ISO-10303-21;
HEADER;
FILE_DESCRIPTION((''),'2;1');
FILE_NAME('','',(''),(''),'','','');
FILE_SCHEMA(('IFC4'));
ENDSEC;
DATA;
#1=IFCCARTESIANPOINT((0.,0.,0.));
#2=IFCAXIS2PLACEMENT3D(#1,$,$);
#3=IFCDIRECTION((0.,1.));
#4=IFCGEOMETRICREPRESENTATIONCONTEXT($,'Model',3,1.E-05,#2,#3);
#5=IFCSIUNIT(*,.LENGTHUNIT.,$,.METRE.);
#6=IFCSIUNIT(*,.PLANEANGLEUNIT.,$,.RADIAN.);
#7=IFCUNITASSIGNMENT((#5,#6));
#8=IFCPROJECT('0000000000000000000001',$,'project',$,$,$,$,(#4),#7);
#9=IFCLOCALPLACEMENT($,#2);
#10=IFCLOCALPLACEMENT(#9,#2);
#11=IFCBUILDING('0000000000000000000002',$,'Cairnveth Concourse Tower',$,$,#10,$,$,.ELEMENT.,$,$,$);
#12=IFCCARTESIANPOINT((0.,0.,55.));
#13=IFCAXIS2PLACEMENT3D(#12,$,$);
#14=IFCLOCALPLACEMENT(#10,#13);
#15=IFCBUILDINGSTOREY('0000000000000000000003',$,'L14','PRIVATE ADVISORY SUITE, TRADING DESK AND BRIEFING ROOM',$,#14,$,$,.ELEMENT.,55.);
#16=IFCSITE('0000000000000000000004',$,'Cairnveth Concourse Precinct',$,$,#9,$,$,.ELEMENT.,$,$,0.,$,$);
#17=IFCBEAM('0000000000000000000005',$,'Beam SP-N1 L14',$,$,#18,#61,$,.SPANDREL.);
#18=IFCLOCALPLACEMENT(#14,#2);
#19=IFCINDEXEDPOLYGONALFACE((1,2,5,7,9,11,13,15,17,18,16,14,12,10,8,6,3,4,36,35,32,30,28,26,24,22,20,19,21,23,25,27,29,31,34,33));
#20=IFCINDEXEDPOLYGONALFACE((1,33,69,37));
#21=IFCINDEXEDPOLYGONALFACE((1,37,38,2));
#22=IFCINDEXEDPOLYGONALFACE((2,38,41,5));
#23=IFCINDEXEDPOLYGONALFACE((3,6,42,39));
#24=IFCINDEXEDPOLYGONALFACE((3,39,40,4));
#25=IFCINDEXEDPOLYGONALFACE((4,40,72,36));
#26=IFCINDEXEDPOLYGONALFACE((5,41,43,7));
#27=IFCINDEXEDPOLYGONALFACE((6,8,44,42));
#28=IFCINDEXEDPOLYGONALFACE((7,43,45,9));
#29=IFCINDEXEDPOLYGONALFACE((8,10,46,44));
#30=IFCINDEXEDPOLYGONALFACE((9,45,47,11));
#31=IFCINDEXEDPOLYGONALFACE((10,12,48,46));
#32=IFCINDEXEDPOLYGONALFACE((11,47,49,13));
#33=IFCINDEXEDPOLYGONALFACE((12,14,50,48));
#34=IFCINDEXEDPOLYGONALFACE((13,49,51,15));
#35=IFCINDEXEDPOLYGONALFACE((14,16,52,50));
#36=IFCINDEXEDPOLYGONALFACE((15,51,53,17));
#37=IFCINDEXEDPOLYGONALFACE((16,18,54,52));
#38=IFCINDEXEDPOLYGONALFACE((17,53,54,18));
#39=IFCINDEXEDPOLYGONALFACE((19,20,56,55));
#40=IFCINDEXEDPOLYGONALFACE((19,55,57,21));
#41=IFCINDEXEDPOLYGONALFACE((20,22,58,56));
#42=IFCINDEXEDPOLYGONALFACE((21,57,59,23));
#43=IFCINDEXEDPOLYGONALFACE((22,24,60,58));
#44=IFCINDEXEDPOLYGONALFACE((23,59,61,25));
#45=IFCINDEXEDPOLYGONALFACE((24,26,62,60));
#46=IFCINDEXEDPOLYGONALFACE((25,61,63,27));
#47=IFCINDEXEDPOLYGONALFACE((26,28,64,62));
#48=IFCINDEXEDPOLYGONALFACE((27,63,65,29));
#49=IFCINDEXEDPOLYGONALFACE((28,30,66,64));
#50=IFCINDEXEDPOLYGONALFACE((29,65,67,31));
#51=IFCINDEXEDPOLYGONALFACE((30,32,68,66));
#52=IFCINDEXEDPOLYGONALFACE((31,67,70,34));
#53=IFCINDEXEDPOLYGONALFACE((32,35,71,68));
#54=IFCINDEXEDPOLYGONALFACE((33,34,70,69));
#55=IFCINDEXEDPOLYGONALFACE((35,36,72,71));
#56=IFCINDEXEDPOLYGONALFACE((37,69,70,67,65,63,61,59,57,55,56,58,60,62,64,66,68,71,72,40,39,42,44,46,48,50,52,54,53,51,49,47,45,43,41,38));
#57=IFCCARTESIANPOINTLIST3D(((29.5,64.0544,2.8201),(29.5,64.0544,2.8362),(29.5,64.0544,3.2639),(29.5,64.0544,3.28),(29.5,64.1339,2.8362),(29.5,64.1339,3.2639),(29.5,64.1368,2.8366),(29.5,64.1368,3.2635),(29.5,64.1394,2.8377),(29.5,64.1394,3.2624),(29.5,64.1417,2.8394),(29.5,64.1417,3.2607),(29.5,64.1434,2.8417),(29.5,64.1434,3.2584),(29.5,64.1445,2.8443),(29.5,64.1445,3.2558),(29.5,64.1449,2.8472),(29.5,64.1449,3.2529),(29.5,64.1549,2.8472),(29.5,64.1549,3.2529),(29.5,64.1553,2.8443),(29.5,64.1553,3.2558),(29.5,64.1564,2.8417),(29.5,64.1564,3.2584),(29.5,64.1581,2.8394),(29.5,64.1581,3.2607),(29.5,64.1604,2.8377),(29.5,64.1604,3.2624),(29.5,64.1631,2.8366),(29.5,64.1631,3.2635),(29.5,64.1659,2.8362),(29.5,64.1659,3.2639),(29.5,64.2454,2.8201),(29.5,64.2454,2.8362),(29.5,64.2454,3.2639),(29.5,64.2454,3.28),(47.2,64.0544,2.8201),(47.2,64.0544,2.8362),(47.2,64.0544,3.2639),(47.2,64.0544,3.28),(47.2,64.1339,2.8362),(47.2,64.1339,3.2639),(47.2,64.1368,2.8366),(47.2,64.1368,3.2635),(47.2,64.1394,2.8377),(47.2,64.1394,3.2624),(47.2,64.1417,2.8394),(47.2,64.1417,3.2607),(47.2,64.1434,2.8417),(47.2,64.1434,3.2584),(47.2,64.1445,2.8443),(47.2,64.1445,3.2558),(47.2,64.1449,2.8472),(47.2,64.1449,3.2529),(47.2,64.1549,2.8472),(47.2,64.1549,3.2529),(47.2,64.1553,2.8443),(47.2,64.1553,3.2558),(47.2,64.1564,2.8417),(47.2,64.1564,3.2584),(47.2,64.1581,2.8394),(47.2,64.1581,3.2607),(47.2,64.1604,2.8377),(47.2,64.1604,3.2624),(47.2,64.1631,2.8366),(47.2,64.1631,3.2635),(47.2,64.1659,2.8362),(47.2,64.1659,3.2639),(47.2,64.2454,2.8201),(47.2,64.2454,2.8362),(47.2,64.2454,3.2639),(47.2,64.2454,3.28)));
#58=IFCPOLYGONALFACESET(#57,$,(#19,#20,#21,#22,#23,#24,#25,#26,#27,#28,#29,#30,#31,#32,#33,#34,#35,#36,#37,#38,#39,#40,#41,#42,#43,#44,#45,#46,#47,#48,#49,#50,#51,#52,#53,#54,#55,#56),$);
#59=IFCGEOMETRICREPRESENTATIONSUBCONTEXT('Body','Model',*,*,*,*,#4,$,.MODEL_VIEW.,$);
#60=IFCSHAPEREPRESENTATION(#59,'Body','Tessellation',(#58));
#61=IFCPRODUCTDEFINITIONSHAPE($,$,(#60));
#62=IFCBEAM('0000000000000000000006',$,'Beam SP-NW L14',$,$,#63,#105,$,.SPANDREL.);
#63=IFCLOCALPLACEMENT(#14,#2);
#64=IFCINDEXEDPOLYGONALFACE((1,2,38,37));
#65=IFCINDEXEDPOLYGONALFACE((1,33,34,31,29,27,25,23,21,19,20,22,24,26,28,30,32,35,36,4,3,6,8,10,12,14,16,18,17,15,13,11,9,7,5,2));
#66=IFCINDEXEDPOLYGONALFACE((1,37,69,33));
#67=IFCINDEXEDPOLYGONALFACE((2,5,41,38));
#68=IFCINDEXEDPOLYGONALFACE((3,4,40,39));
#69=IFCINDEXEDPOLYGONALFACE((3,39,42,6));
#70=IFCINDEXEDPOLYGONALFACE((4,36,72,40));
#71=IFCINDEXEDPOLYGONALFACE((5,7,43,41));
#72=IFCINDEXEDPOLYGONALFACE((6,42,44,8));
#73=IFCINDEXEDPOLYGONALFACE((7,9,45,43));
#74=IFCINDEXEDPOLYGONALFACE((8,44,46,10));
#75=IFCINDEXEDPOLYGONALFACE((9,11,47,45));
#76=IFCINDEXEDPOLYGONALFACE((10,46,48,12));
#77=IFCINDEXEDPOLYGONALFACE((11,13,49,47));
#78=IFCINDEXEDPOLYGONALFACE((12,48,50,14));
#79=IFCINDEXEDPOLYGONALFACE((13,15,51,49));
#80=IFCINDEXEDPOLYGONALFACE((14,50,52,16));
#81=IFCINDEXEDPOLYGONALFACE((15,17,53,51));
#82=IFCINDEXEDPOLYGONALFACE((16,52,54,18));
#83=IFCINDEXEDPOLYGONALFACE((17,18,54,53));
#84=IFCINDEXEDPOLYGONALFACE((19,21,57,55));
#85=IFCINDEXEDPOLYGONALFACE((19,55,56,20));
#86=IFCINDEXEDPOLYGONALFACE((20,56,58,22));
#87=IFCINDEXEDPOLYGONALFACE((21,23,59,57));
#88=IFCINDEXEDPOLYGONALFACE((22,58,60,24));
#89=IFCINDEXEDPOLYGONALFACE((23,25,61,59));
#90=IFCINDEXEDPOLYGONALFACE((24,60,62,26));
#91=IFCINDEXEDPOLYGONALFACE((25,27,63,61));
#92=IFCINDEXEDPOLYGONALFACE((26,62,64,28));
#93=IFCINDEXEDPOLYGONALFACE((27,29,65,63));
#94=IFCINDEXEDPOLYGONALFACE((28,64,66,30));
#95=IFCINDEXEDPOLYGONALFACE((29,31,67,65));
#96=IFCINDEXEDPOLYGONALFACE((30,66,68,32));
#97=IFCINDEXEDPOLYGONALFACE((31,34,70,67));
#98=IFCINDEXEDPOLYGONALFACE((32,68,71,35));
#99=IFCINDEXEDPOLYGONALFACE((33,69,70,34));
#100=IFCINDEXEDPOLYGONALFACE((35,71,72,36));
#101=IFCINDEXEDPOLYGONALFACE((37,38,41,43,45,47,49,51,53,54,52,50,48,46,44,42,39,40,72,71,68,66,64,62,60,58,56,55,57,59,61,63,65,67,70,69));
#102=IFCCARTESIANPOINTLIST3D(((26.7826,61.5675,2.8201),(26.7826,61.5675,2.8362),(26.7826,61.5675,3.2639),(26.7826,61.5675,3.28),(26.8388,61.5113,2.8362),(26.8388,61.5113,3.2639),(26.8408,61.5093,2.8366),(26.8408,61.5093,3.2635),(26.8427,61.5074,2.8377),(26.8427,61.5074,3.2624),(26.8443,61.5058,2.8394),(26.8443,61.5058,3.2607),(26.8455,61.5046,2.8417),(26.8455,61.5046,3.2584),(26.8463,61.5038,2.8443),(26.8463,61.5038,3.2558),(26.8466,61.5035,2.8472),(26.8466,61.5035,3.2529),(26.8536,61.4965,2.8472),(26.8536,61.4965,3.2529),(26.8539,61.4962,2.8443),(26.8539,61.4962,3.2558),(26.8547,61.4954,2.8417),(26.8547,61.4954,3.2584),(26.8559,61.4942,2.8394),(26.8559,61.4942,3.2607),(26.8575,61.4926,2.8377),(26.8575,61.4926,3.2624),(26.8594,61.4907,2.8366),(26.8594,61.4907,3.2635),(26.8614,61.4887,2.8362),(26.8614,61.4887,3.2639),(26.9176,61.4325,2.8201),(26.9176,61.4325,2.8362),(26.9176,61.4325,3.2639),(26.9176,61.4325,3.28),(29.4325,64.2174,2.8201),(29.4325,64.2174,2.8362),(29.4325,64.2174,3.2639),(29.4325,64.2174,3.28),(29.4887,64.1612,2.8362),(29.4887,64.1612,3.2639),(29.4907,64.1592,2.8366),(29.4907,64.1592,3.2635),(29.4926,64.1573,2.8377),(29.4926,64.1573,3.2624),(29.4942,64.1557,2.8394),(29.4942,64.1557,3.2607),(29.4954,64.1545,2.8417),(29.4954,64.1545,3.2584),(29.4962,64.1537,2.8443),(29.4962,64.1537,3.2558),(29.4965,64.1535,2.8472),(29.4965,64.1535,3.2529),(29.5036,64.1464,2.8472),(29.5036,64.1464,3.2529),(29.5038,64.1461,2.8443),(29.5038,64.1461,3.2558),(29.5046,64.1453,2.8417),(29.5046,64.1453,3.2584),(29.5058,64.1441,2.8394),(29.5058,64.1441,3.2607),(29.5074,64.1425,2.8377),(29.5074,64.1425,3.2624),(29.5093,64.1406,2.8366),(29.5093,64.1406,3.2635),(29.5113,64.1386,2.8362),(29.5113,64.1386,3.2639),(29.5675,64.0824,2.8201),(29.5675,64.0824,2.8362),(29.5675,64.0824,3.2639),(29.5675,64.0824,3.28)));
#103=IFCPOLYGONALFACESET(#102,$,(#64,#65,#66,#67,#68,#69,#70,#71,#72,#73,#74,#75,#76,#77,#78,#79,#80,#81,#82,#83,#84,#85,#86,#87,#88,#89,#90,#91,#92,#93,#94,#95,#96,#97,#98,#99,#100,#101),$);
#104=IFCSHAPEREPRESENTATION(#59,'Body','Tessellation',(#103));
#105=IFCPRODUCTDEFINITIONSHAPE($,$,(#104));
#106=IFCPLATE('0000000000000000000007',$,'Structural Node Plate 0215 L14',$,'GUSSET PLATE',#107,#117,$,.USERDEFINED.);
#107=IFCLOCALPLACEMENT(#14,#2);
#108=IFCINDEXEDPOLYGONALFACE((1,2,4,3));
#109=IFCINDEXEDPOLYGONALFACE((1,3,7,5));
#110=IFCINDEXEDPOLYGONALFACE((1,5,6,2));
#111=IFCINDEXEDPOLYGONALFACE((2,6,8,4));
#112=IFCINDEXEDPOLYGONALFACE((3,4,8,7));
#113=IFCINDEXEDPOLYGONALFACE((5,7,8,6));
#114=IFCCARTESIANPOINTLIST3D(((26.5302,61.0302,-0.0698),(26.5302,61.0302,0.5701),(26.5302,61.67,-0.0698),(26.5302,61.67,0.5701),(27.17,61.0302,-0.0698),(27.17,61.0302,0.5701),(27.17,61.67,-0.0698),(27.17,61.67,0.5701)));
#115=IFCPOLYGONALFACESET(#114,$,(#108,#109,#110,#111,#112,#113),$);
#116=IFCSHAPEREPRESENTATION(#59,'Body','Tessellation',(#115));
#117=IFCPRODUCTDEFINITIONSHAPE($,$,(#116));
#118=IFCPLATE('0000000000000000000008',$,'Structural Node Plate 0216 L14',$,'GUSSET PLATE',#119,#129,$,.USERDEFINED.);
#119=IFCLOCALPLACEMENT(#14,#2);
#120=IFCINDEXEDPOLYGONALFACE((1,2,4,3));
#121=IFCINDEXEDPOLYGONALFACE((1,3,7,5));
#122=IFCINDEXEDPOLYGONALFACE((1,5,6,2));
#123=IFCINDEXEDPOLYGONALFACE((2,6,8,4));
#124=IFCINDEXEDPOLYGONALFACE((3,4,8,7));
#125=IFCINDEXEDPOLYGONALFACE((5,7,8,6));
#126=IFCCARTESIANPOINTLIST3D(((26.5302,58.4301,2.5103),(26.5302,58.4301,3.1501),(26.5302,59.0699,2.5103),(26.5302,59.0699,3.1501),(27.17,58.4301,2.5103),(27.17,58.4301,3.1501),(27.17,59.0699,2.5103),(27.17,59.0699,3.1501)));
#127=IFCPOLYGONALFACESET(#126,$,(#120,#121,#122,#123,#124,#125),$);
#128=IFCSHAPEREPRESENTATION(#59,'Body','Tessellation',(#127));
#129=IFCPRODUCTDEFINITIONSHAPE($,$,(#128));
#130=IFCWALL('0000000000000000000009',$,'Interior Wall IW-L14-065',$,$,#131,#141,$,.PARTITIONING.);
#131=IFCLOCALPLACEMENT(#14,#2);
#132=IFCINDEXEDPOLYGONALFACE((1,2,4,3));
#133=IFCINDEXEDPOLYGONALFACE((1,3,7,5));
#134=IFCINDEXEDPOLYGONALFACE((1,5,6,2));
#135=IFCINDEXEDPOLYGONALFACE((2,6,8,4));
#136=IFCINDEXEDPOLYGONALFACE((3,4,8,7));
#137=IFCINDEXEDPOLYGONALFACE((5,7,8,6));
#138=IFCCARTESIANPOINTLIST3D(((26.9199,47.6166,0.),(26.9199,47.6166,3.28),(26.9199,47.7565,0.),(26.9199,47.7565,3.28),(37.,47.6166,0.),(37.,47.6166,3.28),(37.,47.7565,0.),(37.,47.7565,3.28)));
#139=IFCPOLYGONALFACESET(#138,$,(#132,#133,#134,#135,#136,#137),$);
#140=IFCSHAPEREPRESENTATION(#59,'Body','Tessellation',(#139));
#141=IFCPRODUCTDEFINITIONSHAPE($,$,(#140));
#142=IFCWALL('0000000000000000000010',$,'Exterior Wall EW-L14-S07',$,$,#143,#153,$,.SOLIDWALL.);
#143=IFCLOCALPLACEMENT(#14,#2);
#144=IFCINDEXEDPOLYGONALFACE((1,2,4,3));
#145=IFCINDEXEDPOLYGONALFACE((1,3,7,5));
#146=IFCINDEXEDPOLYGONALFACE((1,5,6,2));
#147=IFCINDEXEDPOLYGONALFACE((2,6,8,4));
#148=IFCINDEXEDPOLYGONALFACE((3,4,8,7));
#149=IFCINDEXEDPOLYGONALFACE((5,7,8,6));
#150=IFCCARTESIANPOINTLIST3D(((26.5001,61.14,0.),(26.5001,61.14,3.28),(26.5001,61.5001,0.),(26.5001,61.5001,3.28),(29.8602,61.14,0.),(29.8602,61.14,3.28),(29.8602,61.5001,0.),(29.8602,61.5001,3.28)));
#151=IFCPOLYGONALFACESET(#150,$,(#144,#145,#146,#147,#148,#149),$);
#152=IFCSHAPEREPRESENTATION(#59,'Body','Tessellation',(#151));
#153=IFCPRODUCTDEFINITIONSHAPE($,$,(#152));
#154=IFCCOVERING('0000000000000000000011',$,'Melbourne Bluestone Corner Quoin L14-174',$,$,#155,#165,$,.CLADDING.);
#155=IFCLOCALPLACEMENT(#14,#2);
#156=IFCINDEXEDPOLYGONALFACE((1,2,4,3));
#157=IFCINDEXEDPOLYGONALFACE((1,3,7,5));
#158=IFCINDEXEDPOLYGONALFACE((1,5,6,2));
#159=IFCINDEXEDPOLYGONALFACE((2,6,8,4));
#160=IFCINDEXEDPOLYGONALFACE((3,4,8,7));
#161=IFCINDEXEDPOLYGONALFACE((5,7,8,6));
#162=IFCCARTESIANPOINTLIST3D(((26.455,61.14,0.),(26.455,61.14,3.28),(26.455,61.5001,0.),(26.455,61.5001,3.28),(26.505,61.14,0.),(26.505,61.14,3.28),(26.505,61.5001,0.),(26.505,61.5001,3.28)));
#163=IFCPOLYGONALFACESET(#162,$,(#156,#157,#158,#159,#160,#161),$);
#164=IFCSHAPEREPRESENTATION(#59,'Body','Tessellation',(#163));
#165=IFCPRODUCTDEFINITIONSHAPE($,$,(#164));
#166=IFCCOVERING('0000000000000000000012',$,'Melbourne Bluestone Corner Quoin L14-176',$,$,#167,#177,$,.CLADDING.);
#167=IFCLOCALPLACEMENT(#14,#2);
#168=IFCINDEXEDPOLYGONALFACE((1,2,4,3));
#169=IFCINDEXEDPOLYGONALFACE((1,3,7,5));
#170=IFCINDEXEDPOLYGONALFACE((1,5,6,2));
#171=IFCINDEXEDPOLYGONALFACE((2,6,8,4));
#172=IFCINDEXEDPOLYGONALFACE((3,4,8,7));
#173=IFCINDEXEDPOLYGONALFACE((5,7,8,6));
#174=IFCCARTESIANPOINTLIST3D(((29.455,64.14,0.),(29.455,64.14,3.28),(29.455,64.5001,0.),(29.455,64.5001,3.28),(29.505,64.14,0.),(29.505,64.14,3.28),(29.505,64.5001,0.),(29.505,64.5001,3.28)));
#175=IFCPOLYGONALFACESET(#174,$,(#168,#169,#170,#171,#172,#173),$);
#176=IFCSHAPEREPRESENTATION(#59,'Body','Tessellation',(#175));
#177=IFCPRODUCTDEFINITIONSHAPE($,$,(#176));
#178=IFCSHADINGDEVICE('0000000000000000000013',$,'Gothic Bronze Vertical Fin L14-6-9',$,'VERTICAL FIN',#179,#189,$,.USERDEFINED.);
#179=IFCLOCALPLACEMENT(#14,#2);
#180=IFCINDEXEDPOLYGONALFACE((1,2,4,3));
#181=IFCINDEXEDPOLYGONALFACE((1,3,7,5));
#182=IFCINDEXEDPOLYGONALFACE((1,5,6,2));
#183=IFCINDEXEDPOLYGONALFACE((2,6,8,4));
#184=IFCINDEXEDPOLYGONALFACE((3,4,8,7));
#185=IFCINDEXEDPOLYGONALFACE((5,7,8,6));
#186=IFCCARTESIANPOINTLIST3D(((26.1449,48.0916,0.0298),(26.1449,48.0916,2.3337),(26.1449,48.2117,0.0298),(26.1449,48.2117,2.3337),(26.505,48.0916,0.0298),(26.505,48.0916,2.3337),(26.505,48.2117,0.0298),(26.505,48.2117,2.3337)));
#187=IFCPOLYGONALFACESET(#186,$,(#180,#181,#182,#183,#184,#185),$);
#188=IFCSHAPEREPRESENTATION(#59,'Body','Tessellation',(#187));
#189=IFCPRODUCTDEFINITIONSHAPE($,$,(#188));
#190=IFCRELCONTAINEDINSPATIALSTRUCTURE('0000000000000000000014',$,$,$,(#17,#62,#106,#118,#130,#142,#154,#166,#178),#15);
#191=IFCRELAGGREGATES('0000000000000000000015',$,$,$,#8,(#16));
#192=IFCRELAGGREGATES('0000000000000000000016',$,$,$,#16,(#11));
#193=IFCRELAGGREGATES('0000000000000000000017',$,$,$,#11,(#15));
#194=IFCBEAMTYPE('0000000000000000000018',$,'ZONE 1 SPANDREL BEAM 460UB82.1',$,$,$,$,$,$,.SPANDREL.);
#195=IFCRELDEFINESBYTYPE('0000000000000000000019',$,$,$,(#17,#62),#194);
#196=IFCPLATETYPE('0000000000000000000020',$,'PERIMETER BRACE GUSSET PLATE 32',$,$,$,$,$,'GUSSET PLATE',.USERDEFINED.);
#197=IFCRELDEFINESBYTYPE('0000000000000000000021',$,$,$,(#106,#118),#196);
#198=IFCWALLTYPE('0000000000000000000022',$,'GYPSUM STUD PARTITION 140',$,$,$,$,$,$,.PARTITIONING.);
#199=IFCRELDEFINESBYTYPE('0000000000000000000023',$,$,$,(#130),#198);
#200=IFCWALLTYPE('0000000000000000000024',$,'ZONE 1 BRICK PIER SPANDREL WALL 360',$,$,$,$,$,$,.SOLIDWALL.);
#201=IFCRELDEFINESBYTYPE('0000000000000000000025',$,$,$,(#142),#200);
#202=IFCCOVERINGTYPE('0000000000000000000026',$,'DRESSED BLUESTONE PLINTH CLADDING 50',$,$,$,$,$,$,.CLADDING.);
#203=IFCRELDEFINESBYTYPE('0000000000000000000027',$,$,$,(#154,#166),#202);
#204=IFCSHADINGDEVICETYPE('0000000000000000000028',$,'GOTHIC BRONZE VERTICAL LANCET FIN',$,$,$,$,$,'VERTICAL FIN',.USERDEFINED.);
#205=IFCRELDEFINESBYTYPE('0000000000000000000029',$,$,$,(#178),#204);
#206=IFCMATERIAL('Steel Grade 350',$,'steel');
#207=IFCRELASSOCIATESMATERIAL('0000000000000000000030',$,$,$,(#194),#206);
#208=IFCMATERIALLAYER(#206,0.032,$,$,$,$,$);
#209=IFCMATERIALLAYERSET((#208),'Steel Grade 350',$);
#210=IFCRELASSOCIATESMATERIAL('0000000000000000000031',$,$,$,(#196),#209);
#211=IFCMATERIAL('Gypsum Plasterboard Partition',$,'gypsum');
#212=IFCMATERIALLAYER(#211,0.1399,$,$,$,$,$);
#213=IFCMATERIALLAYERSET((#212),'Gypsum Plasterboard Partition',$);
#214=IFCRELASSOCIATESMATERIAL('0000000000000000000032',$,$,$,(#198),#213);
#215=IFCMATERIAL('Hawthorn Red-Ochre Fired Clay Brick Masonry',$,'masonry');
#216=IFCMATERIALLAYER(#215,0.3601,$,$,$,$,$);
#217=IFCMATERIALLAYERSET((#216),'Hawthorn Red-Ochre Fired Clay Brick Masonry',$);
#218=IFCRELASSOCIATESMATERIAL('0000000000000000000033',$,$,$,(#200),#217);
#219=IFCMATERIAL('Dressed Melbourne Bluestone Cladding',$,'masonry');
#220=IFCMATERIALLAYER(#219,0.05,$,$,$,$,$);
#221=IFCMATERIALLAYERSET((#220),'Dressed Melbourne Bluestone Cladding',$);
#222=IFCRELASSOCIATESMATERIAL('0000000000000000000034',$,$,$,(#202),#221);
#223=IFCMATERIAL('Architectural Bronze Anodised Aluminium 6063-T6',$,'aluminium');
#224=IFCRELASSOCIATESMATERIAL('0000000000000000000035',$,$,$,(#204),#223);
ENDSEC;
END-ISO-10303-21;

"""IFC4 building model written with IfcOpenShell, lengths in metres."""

from ifc_helpers import new_model, si_unit, direction, frame, frame_2d, origin, origin_2d, place, context, subcontext, project, spatial, rectangle, i_section, extrude, material, layer, layer_set, material_profile, profile_set, type_object, element, save


model = new_model("IFC4")

# Units and contexts
model_context = context("Model", 3, precision=1e-05, world=origin(), true_north=direction((0.0, 1.0)))
body_context = subcontext(model_context, "Body", "Model", "MODEL_VIEW")
ifc_project = project(units=[si_unit("LENGTHUNIT", "METRE"), si_unit("PLANEANGLEUNIT", "RADIAN")], contexts=[model_context])

# Site, building, storey
site_placement = place(None, origin())
site = spatial("IfcSite", under=ifc_project, at=site_placement, Name="Cairnveth Concourse Precinct", CompositionType="ELEMENT", RefElevation=0.0)
building_placement = place(site_placement, origin())
building = spatial("IfcBuilding", under=site, at=building_placement, Name="Cairnveth Concourse Tower", CompositionType="ELEMENT")
storey_placement = place(building_placement, frame((0.0, 0.0, 55.0)))
storey = spatial("IfcBuildingStorey", under=building, at=storey_placement, Name="L14", Description="PRIVATE ADVISORY SUITE, TRADING DESK AND BRIEFING ROOM", CompositionType="ELEMENT", Elevation=55.0)

# Shared definitions
ifc_material_1 = material(Name="Steel Grade 350", Category="steel")

# Beams
ifc_material_profile_1 = material_profile(ifc_material_1, i_section(OverallWidth=0.1909, OverallDepth=0.46, WebThickness=0.01, FlangeThickness=0.0161, FilletRadius=0.011, at=origin_2d()), Name="460UB82.1")
ifc_profile_set_1 = profile_set([ifc_material_profile_1], Name="Steel Grade 350")
beam_type_1 = type_object("IfcBeamType", Name="ZONE 1 SPANDREL BEAM 460UB82.1", PredefinedType="SPANDREL", material=ifc_profile_set_1)
beam_1_placement = place(storey_placement, frame((29.5, 64.1499, 3.05), z_axis=(1.0, 0.0, 0.0), x_axis=(0.0, 1.0, 0.0)))
element("IfcBeam", 1, at=beam_1_placement, inside=storey, type_object=beam_type_1, Name="Beam SP-N1 L14", PredefinedType="SPANDREL", context=body_context, shape_type="SweptSolid", body=[
    extrude(i_section(OverallWidth=0.1909, OverallDepth=0.46, WebThickness=0.01, FlangeThickness=0.0161, FilletRadius=0.011, at=origin_2d()), origin(), (0.0, 0.0, 1.0), 17.7),
])
beam_2_placement = place(storey_placement, frame((26.8501, 61.5, 3.05), z_axis=(0.707107, 0.707107, 0.0), x_axis=(-0.707107, 0.707107, 0.0)))
element("IfcBeam", 2, at=beam_2_placement, inside=storey, type_object=beam_type_1, Name="Beam SP-NW L14", PredefinedType="SPANDREL", context=body_context, shape_type="SweptSolid", body=[
    extrude(i_section(OverallWidth=0.1909, OverallDepth=0.46, WebThickness=0.01, FlangeThickness=0.0161, FilletRadius=0.011, at=origin_2d()), origin(), (0.0, 0.0, 1.0), 3.7476),
])

# Plates
ifc_layer_1 = layer(ifc_material_1, 0.032)
ifc_layer_set_1 = layer_set([ifc_layer_1], Name="Steel Grade 350")
plate_type = type_object("IfcPlateType", Name="PERIMETER BRACE GUSSET PLATE 32", ElementType="GUSSET PLATE", PredefinedType="USERDEFINED", material=ifc_layer_set_1)
for number, where, z_axis, x_axis, name in (
    (3, (26.8501, 61.3501, -0.0698), (0.0, 0.0, 1.0), (1.0, 0.0, 0.0), "Structural Node Plate 0215 L14"),
    (4, (26.8501, 58.75, 2.5103), (0.0, 0.0, 1.0), (1.0, 0.0, 0.0), "Structural Node Plate 0216 L14"),
):
    element("IfcPlate", number, at=place(storey_placement, frame(where, z_axis=z_axis, x_axis=x_axis)), inside=storey, type_object=plate_type, Name=name, ObjectType="GUSSET PLATE", PredefinedType="USERDEFINED", context=body_context, shape_type="SweptSolid", body=[
        extrude(rectangle(XDim=0.6399, YDim=0.6399, at=origin_2d()), origin(), (0.0, 0.0, 1.0), 0.6399),
    ])

# Walls
ifc_material_2 = material(Name="Gypsum Plasterboard Partition", Category="gypsum")
ifc_layer_2 = layer(ifc_material_2, 0.1399)
ifc_layer_set_2 = layer_set([ifc_layer_2], Name="Gypsum Plasterboard Partition")
wall_type_1 = type_object("IfcWallType", Name="GYPSUM STUD PARTITION 140", PredefinedType="PARTITIONING", material=ifc_layer_set_2)
wall_1_placement = place(storey_placement, frame((26.9199, 47.6865, 0.0), z_axis=(0.0, 0.0, 1.0), x_axis=(1.0, 0.0, 0.0)))
element("IfcWall", 5, at=wall_1_placement, inside=storey, type_object=wall_type_1, Name="Interior Wall IW-L14-065", PredefinedType="PARTITIONING", context=body_context, shape_type="SweptSolid", body=[
    extrude(rectangle(XDim=10.0801, YDim=0.1399, at=frame_2d((5.04, 0.0))), origin(), (0.0, 0.0, 1.0), 3.28),
])
ifc_material_3 = material(Name="Hawthorn Red-Ochre Fired Clay Brick Masonry", Category="masonry")
ifc_layer_3 = layer(ifc_material_3, 0.3601)
ifc_layer_set_3 = layer_set([ifc_layer_3], Name="Hawthorn Red-Ochre Fired Clay Brick Masonry")
wall_type_2 = type_object("IfcWallType", Name="ZONE 1 BRICK PIER SPANDREL WALL 360", PredefinedType="SOLIDWALL", material=ifc_layer_set_3)
wall_2_placement = place(storey_placement, frame((26.5, 61.3201, 0.0), z_axis=(0.0, 0.0, 1.0), x_axis=(1.0, 0.0, 0.0)))
element("IfcWall", 6, at=wall_2_placement, inside=storey, type_object=wall_type_2, Name="Exterior Wall EW-L14-S07", PredefinedType="SOLIDWALL", context=body_context, shape_type="SweptSolid", body=[
    extrude(rectangle(XDim=3.3601, YDim=0.3601, at=frame_2d((1.6802, 0.0))), origin(), (0.0, 0.0, 1.0), 3.28),
])

# Coverings
ifc_material_4 = material(Name="Dressed Melbourne Bluestone Cladding", Category="masonry")
ifc_layer_4 = layer(ifc_material_4, 0.05)
ifc_layer_set_4 = layer_set([ifc_layer_4], Name="Dressed Melbourne Bluestone Cladding")
covering_type = type_object("IfcCoveringType", Name="DRESSED BLUESTONE PLINTH CLADDING 50", PredefinedType="CLADDING", material=ifc_layer_set_4)
for number, where, z_axis, x_axis, name in (
    (7, (26.48, 61.1399, 0.0), (0.0, 0.0, 1.0), (0.0, 1.0, 0.0), "Melbourne Bluestone Corner Quoin L14-174"),
    (8, (29.48, 64.1399, 0.0), (0.0, 0.0, 1.0), (0.0, 1.0, 0.0), "Melbourne Bluestone Corner Quoin L14-176"),
):
    element("IfcCovering", number, at=place(storey_placement, frame(where, z_axis=z_axis, x_axis=x_axis)), inside=storey, type_object=covering_type, Name=name, PredefinedType="CLADDING", context=body_context, shape_type="SweptSolid", body=[
        extrude(rectangle(XDim=0.3601, YDim=0.05, at=frame_2d((0.1802, 0.0))), origin(), (0.0, 0.0, 1.0), 3.28),
    ])

# Shading device
ifc_material_5 = material(Name="Architectural Bronze Anodised Aluminium 6063-T6", Category="aluminium")
shading_device_type = type_object("IfcShadingDeviceType", Name="GOTHIC BRONZE VERTICAL LANCET FIN", ElementType="VERTICAL FIN", PredefinedType="USERDEFINED", material=ifc_material_5)
for number, where, z_axis, x_axis, name in (
    (9, (26.325, 48.1516, 0.0298), (0.0, 0.0, 1.0), (0.0, 1.0, 0.0), "Gothic Bronze Vertical Fin L14-6-9"),
):
    element("IfcShadingDevice", number, at=place(storey_placement, frame(where, z_axis=z_axis, x_axis=x_axis)), inside=storey, type_object=shading_device_type, Name=name, ObjectType="VERTICAL FIN", PredefinedType="USERDEFINED", context=body_context, shape_type="SweptSolid", body=[
        extrude(rectangle(XDim=0.1201, YDim=0.3601, at=origin_2d()), origin(), (0.0, 0.0, 1.0), 2.304),
    ])

save(model, "model.ifc")
